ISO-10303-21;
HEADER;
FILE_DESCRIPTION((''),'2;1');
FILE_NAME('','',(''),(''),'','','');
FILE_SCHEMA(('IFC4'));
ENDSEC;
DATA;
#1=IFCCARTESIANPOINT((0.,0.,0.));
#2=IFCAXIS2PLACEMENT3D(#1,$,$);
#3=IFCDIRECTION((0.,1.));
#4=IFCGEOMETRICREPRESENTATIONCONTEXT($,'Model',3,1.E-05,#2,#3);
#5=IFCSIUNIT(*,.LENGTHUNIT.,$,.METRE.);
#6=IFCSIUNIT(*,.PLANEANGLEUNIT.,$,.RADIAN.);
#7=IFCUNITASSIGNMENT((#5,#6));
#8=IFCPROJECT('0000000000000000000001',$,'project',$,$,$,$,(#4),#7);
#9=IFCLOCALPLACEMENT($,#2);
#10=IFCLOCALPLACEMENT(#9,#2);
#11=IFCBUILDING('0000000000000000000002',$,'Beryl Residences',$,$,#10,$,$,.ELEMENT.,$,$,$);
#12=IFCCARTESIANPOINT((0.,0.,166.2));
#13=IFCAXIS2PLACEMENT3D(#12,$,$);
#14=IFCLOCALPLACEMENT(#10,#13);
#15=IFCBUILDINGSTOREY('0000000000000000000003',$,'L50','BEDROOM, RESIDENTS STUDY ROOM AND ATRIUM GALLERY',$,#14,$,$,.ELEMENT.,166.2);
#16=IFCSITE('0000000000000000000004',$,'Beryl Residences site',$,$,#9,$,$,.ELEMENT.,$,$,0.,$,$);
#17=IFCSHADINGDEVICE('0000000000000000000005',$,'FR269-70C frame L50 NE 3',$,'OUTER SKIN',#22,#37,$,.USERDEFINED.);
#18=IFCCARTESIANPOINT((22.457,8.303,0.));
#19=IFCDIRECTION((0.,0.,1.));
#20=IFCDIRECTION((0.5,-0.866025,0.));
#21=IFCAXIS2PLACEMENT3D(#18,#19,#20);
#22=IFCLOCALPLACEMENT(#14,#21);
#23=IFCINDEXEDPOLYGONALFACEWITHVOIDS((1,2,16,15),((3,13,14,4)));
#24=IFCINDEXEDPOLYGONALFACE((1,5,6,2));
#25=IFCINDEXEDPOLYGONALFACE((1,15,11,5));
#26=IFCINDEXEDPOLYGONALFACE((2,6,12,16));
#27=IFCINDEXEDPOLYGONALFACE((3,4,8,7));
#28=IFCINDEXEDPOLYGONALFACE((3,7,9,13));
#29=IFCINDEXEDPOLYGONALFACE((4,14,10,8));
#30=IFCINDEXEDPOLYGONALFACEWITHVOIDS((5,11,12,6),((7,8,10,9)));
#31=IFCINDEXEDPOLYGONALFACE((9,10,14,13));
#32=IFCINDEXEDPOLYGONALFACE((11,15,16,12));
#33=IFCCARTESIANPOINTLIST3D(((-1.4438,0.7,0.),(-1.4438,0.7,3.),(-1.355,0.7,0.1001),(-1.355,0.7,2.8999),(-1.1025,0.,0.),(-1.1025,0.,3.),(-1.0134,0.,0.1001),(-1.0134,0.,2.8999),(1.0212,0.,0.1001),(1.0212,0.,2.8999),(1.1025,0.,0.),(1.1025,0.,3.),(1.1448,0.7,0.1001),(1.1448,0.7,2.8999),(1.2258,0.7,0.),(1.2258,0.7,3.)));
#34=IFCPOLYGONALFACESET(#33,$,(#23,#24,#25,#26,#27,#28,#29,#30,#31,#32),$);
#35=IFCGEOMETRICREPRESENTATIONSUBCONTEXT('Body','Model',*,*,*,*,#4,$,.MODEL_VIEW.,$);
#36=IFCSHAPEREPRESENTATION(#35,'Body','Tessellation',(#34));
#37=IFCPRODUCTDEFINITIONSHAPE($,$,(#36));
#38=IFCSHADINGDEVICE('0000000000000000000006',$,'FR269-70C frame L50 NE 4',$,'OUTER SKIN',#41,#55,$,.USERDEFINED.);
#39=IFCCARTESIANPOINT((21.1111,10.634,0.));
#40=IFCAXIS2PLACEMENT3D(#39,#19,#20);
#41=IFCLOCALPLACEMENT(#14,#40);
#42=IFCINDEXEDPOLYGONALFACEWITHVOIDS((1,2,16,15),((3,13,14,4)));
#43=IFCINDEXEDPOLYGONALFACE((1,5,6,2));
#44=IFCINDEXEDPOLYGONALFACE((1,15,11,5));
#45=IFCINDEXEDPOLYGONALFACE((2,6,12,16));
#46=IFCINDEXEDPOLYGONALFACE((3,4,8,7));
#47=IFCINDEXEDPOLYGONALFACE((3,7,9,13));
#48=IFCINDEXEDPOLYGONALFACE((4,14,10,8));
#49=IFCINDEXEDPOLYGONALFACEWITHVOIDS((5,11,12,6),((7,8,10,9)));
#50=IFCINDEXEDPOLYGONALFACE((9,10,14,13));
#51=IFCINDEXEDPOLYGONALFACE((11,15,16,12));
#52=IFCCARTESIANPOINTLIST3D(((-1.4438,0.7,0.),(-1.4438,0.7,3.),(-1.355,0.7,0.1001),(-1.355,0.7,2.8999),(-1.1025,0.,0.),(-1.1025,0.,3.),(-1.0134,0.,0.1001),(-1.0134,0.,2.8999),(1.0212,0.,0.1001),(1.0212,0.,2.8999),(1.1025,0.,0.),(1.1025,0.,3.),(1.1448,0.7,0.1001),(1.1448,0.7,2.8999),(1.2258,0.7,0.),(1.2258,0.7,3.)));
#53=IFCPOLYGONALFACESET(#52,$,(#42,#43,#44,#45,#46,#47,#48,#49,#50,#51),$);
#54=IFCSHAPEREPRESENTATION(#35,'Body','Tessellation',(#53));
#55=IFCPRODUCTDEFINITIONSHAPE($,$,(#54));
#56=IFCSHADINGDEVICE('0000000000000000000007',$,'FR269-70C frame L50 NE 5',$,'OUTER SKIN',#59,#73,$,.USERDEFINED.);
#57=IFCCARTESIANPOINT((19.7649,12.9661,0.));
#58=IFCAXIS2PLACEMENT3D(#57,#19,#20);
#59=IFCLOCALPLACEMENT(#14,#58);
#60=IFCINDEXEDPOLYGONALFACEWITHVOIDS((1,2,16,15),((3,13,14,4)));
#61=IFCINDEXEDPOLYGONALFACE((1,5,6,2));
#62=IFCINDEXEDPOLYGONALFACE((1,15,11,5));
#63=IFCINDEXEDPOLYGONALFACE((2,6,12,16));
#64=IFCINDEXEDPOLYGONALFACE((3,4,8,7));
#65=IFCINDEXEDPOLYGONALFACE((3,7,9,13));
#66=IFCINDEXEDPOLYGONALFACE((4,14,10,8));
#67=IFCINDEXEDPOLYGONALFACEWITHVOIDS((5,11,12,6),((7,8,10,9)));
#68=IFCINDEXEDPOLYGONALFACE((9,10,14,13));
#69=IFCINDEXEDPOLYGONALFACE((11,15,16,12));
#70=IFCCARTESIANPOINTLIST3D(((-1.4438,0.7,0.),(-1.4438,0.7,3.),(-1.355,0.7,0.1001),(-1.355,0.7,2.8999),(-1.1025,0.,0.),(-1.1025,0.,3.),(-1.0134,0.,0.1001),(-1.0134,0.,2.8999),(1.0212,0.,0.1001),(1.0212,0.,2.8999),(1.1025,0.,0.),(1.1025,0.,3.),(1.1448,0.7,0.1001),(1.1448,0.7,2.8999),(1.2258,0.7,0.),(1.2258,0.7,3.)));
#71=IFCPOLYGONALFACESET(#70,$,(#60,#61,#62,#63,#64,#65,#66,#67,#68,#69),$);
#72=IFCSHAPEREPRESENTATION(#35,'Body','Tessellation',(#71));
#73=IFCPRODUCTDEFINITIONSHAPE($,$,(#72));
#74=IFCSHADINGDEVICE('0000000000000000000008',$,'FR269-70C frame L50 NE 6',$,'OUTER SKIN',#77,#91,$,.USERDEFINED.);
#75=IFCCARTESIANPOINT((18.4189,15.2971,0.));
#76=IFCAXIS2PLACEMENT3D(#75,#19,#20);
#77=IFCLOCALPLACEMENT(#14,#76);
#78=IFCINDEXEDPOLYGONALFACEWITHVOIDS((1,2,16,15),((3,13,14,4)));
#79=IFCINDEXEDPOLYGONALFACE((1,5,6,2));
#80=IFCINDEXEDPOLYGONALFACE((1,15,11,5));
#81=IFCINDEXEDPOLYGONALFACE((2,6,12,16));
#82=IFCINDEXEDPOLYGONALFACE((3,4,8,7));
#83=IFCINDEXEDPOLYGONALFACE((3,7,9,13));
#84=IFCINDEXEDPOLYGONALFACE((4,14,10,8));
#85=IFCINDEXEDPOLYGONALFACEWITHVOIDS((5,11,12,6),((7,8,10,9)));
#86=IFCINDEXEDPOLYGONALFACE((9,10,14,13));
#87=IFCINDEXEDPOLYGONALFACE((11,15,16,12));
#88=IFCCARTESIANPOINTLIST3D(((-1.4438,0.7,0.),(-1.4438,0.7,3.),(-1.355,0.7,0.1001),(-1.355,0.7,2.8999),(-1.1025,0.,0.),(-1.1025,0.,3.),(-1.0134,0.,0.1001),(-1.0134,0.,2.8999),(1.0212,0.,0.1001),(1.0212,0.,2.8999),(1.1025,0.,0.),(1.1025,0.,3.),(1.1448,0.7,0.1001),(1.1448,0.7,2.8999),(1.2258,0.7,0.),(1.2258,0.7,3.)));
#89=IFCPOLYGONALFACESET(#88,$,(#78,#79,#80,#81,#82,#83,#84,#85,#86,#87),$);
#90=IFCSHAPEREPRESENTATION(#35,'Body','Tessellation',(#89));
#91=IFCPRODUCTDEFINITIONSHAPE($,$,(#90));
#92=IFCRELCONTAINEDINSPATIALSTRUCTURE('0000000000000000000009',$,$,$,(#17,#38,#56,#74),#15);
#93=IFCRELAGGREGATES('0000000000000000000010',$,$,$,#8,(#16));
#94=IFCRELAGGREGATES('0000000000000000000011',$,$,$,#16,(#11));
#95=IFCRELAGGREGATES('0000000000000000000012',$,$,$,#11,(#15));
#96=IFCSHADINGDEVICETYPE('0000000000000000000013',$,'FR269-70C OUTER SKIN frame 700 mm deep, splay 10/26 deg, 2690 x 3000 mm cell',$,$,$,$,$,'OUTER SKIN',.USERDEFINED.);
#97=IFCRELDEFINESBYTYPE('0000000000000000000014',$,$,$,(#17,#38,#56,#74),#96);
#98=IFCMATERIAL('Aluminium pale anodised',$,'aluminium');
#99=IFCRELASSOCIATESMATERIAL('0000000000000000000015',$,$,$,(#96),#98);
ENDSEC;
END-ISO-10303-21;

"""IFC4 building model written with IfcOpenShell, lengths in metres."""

from ifc_helpers import new_model, entity, si_unit, direction, frame, origin, place, context, subcontext, project, spatial, source, transform, mapped, material, type_object, type_shapes, element, save


model = new_model("IFC4")

# Units and contexts
model_context = context("Model", 3, precision=1e-05, world=origin(), true_north=direction((0.0, 1.0)))
body_context = subcontext(model_context, "Body", "Model", "MODEL_VIEW")
ifc_project = project(units=[si_unit("LENGTHUNIT", "METRE"), si_unit("PLANEANGLEUNIT", "RADIAN")], contexts=[model_context])

# Site, building, storey
site_placement = place(None, origin())
site = spatial("IfcSite", under=ifc_project, at=site_placement, Name="Beryl Residences site", CompositionType="ELEMENT", RefElevation=0.0)
building_placement = place(site_placement, origin())
building = spatial("IfcBuilding", under=site, at=building_placement, Name="Beryl Residences", CompositionType="ELEMENT")
storey_placement = place(building_placement, frame((0.0, 0.0, 166.2)))
storey = spatial("IfcBuildingStorey", under=building, at=storey_placement, Name="L50", Description="BEDROOM, RESIDENTS STUDY ROOM AND ATRIUM GALLERY", CompositionType="ELEMENT", Elevation=166.2)

# Shading devices
ifc_material_1 = material(Name="Aluminium pale anodised", Category="aluminium")
shading_device_type = type_object("IfcShadingDeviceType", Name="FR269-70C OUTER SKIN frame 700 mm deep, splay 10/26 deg, 2690 x 3000 mm cell", ElementType="OUTER SKIN", PredefinedType="USERDEFINED", material=ifc_material_1)
cartesian_point_1 = entity("IfcCartesianPoint", [-1.1025, 0.0])
cartesian_point_2 = entity("IfcCartesianPoint", [-1.0212, 0.1001])
cartesian_point_3 = entity("IfcCartesianPoint", [-1.2258, 0.0])
cartesian_point_4 = entity("IfcCartesianPoint", [-1.1448, 0.1001])
shared_shape_1 = source(origin(), body_context, "Body", "SweptSolid", [
    entity("IfcExtrudedAreaSolidTapered", entity("IfcArbitraryProfileDefWithVoids", "AREA", None, entity("IfcPolyline", [cartesian_point_1, entity("IfcCartesianPoint", [1.1025, 0.0]), entity("IfcCartesianPoint", [1.1025, 3.0]), entity("IfcCartesianPoint", [-1.1025, 3.0]), cartesian_point_1]), [entity("IfcPolyline", [cartesian_point_2, entity("IfcCartesianPoint", [1.0134, 0.1001]), entity("IfcCartesianPoint", [1.0134, 2.8999]), entity("IfcCartesianPoint", [-1.0212, 2.8999]), cartesian_point_2])]), entity("IfcAxis2Placement3D", entity("IfcCartesianPoint", [0.0, 0.0, 0.0]), entity("IfcDirection", [0.0, 1.0, 0.0]), entity("IfcDirection", [-1.0, 0.0, 0.0])), entity("IfcDirection", [0.0, 0.0, 1.0]), 0.7, entity("IfcArbitraryProfileDefWithVoids", "AREA", None, entity("IfcPolyline", [cartesian_point_3, entity("IfcCartesianPoint", [1.4438, 0.0]), entity("IfcCartesianPoint", [1.4438, 3.0]), entity("IfcCartesianPoint", [-1.2258, 3.0]), cartesian_point_3]), [entity("IfcPolyline", [cartesian_point_4, entity("IfcCartesianPoint", [1.355, 0.1001]), entity("IfcCartesianPoint", [1.355, 2.8999]), entity("IfcCartesianPoint", [-1.1448, 2.8999]), cartesian_point_4])])),
])
type_shapes(shading_device_type, [shared_shape_1])
for number, where, z_axis, x_axis, name in (
    (1, (22.457, 8.303, 0.0), (0.0, 0.0, 1.0), (0.5, -0.866025, 0.0), "FR269-70C frame L50 NE 3"),
    (2, (21.1111, 10.634, 0.0), (0.0, 0.0, 1.0), (0.5, -0.866025, 0.0), "FR269-70C frame L50 NE 4"),
    (3, (19.7649, 12.9661, 0.0), (0.0, 0.0, 1.0), (0.5, -0.866025, 0.0), "FR269-70C frame L50 NE 5"),
    (4, (18.4189, 15.2971, 0.0), (0.0, 0.0, 1.0), (0.5, -0.866025, 0.0), "FR269-70C frame L50 NE 6"),
):
    element("IfcShadingDevice", number, at=place(storey_placement, frame(where, z_axis=z_axis, x_axis=x_axis)), inside=storey, type_object=shading_device_type, Name=name, ObjectType="OUTER SKIN", PredefinedType="USERDEFINED", context=body_context, shape_type="MappedRepresentation", body=[
        mapped(shared_shape_1, transform((0.0, 0.0, 0.0))),
    ])

save(model, "model.ifc")
